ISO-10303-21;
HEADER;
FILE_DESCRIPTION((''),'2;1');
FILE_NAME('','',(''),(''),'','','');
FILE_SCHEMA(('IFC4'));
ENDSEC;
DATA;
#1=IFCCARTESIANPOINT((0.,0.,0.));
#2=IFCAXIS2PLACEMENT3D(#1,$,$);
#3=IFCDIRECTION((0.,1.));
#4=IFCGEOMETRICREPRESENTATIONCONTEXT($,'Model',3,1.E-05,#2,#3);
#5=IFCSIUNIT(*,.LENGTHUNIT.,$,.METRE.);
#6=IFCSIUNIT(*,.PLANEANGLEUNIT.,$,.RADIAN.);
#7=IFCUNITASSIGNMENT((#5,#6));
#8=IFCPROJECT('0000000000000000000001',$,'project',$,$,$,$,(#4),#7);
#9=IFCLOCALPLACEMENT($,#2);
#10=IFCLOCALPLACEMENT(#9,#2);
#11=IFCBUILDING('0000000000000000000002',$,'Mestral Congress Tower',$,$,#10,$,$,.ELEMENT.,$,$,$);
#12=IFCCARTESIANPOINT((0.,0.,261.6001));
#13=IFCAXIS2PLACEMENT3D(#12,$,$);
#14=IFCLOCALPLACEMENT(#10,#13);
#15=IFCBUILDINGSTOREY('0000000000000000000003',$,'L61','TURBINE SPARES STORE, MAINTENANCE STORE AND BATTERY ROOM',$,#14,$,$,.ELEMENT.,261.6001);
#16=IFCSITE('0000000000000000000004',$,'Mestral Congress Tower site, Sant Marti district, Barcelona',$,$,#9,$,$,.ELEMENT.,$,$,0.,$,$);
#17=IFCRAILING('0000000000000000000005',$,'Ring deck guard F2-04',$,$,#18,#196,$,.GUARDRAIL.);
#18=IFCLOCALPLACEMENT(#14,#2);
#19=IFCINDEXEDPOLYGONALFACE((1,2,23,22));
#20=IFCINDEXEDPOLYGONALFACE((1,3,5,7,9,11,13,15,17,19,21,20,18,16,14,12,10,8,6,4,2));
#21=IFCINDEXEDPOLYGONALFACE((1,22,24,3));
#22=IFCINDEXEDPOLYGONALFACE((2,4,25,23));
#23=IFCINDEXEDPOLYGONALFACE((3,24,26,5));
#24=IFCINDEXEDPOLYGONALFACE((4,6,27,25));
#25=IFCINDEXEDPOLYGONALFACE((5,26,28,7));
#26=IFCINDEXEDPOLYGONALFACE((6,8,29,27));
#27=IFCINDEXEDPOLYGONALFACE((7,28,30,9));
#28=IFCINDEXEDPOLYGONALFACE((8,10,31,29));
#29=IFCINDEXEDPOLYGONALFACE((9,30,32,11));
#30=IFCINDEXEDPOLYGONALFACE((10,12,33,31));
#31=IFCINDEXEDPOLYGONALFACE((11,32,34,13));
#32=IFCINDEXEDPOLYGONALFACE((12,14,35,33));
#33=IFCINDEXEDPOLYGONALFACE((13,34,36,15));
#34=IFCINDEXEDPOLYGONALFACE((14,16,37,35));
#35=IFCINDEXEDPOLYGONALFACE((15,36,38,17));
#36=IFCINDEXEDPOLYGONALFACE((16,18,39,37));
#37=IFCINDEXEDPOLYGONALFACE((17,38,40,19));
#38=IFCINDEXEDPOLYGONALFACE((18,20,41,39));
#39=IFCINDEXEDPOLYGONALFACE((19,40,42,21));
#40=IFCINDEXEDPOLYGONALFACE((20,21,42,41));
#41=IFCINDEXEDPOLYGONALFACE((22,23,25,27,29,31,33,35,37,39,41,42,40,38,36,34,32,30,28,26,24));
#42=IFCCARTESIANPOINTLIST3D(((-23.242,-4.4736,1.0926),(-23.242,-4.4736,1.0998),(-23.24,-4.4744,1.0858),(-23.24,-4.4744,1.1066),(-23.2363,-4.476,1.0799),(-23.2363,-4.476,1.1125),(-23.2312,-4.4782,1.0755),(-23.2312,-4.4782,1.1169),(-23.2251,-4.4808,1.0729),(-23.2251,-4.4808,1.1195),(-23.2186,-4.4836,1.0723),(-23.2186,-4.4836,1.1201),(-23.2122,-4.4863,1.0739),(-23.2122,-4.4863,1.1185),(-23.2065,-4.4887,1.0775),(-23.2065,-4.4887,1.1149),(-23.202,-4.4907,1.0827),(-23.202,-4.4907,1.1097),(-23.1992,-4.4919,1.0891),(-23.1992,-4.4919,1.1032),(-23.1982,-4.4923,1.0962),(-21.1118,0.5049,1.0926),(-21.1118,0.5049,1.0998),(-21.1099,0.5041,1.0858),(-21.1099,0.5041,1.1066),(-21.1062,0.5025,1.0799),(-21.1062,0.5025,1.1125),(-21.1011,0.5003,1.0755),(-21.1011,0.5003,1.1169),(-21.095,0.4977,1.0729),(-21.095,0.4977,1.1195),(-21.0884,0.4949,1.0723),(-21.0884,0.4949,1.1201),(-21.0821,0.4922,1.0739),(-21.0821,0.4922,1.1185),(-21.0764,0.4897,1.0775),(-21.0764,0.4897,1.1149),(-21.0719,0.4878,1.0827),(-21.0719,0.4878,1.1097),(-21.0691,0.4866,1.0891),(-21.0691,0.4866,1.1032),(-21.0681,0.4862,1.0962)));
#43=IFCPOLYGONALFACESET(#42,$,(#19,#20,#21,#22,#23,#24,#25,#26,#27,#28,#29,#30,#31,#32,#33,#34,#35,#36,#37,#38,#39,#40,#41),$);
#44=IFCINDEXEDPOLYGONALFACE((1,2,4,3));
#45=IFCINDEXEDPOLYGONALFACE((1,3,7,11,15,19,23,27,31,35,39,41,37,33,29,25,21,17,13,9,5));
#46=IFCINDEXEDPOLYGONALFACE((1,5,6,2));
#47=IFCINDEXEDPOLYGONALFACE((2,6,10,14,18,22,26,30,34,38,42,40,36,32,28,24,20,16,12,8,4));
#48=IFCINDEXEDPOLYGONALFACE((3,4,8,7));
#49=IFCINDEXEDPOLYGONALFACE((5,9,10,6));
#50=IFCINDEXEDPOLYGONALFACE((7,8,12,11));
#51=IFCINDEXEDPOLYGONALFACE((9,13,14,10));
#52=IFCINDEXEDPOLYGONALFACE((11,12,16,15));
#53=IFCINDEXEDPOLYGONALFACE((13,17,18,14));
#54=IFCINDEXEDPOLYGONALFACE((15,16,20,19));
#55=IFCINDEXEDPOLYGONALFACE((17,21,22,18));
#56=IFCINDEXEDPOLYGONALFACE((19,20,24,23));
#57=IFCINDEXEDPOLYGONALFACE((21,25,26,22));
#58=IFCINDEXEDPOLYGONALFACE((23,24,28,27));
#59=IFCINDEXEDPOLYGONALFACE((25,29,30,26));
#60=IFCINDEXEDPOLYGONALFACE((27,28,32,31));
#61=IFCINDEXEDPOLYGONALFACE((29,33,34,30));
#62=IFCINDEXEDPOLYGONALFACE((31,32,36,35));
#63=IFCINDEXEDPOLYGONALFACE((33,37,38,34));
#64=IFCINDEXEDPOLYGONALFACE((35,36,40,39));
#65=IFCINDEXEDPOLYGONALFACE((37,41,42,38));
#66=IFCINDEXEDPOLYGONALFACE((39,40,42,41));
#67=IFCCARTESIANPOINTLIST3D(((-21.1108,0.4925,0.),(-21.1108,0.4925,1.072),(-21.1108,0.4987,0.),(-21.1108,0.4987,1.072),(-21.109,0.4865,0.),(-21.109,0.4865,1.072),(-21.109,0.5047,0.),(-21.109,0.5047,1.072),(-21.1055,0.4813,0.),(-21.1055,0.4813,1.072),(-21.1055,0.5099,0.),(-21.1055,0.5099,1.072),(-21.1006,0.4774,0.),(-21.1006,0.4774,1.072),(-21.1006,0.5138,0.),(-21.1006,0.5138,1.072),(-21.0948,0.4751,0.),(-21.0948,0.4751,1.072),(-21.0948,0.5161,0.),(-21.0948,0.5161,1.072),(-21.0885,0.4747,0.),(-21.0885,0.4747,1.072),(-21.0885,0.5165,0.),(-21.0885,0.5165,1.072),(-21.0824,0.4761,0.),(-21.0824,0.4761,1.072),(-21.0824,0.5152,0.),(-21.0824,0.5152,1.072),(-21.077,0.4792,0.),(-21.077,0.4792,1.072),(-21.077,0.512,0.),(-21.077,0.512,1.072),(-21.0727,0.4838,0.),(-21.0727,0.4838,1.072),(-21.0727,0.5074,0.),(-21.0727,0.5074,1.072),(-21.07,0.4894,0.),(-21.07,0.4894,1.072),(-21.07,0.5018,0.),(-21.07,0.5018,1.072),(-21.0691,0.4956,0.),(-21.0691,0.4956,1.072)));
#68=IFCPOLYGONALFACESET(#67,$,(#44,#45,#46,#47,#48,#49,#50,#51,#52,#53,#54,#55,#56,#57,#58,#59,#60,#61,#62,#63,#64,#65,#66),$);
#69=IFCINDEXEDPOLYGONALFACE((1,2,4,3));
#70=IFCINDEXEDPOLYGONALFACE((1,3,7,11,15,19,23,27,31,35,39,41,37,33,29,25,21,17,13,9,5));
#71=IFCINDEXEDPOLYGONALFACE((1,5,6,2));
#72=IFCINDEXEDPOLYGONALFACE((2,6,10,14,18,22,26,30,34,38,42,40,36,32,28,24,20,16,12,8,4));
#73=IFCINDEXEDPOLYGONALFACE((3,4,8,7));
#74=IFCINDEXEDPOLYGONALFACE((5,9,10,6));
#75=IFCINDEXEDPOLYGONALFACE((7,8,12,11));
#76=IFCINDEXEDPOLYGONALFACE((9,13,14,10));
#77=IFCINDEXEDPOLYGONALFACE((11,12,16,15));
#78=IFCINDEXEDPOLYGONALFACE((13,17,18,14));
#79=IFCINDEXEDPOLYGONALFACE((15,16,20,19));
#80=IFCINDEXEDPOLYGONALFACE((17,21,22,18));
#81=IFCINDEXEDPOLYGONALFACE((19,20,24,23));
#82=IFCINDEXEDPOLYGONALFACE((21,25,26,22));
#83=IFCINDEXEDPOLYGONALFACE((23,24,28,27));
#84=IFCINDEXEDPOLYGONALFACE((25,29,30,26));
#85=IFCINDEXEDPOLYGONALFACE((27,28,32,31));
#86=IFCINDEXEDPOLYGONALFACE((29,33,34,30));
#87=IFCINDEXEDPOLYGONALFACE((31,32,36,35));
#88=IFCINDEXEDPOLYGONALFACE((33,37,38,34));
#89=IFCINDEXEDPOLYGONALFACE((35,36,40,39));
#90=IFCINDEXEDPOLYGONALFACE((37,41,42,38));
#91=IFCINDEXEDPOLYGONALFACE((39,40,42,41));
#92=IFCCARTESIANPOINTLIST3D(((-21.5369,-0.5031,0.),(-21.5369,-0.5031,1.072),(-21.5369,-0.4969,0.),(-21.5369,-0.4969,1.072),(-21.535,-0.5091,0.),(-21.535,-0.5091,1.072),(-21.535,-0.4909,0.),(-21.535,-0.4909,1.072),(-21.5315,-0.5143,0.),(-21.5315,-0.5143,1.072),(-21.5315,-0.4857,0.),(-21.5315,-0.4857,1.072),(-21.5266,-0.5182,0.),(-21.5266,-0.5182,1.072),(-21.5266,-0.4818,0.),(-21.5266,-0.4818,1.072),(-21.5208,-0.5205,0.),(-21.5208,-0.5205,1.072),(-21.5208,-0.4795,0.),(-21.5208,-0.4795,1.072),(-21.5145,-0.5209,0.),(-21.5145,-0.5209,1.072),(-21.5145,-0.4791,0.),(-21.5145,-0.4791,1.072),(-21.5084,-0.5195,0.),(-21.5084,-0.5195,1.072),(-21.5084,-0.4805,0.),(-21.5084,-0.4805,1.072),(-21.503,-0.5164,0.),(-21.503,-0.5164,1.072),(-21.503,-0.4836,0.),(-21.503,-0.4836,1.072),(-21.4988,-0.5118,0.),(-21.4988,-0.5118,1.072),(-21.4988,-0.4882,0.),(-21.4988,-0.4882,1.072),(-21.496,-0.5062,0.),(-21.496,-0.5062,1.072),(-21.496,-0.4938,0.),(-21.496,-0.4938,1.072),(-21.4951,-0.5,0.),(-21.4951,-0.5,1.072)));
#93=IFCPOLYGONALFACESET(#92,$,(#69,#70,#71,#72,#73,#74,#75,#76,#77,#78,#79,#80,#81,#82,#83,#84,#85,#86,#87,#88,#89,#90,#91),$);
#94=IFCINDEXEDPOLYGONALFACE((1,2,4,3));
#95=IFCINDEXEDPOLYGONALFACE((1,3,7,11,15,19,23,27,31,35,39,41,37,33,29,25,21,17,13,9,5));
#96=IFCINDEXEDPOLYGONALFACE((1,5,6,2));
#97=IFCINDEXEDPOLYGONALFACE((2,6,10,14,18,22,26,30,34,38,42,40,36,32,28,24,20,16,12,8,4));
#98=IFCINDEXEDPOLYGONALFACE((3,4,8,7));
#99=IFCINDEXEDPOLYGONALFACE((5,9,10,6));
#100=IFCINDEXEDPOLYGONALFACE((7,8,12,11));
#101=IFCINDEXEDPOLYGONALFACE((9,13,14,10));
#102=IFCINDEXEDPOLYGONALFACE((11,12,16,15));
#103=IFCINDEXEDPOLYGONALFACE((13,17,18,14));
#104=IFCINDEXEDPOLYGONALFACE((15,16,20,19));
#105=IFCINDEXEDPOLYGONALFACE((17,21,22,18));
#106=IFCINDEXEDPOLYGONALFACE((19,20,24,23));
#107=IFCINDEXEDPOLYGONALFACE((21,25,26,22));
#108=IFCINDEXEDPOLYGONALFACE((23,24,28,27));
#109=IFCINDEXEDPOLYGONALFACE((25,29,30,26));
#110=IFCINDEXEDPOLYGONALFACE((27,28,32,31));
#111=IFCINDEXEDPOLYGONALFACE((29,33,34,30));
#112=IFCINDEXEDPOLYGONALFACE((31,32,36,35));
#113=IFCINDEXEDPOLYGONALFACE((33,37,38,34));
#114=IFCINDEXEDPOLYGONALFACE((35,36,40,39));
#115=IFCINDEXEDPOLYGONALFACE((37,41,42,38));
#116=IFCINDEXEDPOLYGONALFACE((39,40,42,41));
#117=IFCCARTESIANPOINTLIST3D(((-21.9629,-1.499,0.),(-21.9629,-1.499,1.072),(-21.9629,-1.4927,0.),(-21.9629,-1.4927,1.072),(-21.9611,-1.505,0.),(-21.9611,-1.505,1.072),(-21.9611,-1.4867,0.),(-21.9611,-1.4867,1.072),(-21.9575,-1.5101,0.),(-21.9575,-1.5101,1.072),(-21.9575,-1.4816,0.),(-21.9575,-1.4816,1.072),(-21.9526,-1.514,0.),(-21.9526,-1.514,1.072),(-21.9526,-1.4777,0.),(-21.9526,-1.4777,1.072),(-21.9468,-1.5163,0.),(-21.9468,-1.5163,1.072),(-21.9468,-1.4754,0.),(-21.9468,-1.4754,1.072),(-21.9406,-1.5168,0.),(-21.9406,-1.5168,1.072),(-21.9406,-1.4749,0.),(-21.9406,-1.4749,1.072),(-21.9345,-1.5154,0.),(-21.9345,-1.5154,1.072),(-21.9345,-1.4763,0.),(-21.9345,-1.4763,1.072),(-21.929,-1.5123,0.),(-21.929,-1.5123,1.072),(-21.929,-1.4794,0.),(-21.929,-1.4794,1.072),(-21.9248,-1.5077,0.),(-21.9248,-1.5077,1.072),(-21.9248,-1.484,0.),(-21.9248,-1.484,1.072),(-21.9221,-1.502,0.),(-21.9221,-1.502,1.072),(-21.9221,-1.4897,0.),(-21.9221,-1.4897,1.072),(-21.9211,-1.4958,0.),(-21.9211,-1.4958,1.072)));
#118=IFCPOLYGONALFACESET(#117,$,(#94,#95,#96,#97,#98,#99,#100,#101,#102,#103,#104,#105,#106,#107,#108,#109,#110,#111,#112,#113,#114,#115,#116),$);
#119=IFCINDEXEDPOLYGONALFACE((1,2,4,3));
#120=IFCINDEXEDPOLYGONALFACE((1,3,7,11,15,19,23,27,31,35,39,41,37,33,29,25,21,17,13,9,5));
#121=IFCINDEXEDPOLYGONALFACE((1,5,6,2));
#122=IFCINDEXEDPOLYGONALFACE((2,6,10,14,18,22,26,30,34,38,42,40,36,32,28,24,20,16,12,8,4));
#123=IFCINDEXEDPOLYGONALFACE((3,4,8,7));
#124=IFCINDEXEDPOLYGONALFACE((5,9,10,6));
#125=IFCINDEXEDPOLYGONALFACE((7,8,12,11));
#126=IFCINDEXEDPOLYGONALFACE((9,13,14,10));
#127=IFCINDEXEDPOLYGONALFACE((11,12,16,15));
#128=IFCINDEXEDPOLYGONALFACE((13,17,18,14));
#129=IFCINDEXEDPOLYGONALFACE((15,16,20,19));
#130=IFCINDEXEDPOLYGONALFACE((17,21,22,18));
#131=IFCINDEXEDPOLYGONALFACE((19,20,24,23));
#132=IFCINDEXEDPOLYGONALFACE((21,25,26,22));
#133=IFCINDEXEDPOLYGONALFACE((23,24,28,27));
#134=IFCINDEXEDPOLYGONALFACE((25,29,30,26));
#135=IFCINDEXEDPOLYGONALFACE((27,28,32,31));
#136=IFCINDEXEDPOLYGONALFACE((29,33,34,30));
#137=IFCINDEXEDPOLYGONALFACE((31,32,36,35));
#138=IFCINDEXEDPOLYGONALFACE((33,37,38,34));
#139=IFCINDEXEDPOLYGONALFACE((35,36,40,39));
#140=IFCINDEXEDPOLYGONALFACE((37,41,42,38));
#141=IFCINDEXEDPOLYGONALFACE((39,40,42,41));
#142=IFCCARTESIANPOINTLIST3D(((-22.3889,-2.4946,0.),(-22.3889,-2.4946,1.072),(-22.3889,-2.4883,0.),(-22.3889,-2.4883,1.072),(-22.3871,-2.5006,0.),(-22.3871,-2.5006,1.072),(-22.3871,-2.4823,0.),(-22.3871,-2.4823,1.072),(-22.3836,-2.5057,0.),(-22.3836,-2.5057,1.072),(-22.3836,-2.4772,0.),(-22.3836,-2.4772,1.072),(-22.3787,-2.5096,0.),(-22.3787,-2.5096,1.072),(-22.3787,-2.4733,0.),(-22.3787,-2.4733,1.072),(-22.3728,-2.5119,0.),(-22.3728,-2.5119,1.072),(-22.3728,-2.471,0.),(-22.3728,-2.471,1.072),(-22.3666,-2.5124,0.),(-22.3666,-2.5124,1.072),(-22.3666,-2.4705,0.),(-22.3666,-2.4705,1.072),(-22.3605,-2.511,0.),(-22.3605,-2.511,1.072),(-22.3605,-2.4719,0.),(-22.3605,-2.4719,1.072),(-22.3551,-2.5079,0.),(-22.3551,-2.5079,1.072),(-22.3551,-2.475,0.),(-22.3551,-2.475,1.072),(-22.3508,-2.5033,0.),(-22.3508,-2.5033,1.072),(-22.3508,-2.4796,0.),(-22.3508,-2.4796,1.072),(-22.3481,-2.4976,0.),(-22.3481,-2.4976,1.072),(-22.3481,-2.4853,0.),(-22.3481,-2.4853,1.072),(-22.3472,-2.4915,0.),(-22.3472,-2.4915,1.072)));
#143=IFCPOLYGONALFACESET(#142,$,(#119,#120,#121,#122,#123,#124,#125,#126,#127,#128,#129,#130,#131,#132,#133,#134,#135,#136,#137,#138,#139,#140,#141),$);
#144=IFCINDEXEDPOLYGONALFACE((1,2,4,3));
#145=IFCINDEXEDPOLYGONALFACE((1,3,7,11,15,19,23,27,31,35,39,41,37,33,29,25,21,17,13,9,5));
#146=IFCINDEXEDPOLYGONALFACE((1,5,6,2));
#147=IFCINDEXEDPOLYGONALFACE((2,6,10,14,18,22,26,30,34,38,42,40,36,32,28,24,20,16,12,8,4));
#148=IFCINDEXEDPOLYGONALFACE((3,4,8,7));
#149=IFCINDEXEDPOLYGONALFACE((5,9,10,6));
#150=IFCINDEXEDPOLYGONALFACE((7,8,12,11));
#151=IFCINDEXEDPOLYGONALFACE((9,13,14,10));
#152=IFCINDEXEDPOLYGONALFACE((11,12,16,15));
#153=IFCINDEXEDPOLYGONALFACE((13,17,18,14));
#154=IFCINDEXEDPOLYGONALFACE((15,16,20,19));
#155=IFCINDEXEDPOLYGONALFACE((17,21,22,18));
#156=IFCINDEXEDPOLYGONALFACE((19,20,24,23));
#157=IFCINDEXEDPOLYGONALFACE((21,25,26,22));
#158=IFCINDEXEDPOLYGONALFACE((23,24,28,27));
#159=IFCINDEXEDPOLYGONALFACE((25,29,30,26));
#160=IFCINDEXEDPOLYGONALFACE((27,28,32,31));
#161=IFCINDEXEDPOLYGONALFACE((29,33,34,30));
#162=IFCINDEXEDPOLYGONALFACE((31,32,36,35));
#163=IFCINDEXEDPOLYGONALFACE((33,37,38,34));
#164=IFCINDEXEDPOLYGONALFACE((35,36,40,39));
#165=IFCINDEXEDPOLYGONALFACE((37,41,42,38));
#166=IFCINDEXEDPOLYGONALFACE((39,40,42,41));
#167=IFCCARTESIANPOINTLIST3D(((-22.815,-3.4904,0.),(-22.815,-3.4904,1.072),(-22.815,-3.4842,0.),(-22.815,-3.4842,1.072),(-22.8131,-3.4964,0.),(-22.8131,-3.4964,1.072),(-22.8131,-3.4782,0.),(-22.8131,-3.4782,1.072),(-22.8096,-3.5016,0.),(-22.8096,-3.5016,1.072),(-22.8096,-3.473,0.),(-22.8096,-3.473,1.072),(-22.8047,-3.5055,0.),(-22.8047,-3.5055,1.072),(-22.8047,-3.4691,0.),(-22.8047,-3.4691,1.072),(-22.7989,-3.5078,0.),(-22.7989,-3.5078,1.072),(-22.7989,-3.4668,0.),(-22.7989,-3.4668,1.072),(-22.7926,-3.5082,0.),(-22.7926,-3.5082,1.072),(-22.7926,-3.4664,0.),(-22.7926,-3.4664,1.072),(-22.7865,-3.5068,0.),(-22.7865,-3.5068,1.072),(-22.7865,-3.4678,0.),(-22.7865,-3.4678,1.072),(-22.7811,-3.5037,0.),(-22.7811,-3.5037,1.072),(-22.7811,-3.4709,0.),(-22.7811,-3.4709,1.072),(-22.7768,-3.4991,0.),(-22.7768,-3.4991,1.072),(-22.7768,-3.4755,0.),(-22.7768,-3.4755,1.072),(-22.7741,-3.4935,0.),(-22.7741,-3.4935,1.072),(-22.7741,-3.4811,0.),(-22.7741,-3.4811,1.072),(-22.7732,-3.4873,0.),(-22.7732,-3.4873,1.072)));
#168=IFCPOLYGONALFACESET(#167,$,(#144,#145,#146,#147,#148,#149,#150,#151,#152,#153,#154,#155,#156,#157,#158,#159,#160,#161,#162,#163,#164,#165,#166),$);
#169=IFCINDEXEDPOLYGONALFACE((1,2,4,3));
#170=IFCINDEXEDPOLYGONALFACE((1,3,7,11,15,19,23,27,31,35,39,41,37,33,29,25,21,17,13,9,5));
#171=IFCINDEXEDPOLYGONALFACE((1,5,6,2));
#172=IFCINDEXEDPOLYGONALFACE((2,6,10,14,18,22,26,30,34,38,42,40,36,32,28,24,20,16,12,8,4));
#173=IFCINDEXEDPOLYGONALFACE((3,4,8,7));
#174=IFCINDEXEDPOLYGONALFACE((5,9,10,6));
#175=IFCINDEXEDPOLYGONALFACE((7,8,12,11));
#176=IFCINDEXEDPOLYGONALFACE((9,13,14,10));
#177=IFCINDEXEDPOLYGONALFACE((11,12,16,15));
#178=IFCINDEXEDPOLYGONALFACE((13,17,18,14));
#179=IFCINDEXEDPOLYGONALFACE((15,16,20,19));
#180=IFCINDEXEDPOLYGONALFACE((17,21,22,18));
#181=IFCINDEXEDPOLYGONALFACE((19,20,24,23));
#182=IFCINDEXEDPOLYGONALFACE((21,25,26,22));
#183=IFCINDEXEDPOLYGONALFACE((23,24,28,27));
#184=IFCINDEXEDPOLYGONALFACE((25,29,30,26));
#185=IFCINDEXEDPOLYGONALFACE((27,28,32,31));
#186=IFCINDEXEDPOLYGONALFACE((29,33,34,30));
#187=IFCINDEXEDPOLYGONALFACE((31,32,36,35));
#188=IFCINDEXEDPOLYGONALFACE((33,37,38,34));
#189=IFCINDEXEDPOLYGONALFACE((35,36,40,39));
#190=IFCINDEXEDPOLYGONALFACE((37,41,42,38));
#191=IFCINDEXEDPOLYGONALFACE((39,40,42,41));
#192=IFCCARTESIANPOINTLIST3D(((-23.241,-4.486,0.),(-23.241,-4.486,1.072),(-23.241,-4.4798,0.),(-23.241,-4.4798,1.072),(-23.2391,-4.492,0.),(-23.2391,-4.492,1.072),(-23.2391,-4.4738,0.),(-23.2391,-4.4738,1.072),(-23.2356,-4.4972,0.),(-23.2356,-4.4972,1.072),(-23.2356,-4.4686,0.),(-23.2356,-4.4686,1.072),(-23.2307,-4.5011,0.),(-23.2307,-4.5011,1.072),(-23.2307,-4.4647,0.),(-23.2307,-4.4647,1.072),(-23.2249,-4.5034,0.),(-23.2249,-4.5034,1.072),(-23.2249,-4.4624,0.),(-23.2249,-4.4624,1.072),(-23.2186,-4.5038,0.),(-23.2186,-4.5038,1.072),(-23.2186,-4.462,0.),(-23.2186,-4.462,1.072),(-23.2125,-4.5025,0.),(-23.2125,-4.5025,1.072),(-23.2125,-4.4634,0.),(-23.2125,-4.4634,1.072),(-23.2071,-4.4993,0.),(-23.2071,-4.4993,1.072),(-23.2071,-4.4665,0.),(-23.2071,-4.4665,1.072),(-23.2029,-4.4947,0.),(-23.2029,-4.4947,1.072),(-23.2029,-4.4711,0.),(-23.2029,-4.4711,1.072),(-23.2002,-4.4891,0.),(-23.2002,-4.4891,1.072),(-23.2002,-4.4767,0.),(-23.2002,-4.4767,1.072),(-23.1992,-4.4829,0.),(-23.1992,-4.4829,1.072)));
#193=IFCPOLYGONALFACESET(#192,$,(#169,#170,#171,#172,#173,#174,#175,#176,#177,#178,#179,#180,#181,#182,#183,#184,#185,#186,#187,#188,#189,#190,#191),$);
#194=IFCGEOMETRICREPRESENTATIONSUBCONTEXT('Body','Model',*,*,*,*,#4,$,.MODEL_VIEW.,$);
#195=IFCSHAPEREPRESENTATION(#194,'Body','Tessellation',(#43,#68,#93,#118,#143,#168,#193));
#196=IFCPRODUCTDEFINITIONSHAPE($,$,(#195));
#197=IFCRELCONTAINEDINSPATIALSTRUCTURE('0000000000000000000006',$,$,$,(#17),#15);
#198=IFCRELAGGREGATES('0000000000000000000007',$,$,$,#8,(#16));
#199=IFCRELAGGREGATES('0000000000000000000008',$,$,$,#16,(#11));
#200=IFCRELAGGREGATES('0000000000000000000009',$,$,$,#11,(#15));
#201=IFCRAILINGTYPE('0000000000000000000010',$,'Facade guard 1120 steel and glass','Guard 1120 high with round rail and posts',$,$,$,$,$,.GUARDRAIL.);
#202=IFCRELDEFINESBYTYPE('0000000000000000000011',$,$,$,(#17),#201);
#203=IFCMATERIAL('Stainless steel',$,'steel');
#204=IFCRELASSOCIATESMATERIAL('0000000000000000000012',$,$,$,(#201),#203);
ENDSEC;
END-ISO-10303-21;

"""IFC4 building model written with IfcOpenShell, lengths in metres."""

from ifc_helpers import new_model, si_unit, direction, frame, origin, origin_2d, place, context, subcontext, project, spatial, circle, extrude, material, type_object, element, save


model = new_model("IFC4")

# Units and contexts
model_context = context("Model", 3, precision=1e-05, world=origin(), true_north=direction((0.0, 1.0)))
body_context = subcontext(model_context, "Body", "Model", "MODEL_VIEW")
ifc_project = project(units=[si_unit("LENGTHUNIT", "METRE"), si_unit("PLANEANGLEUNIT", "RADIAN")], contexts=[model_context])

# Site, building, storey
site_placement = place(None, origin())
site = spatial("IfcSite", under=ifc_project, at=site_placement, Name="Mestral Congress Tower site, Sant Marti district, Barcelona", CompositionType="ELEMENT", RefElevation=0.0)
building_placement = place(site_placement, origin())
building = spatial("IfcBuilding", under=site, at=building_placement, Name="Mestral Congress Tower", CompositionType="ELEMENT")
storey_placement = place(building_placement, frame((0.0, 0.0, 261.6001)))
storey = spatial("IfcBuildingStorey", under=building, at=storey_placement, Name="L61", Description="TURBINE SPARES STORE, MAINTENANCE STORE AND BATTERY ROOM", CompositionType="ELEMENT", Elevation=261.6001)

# Railing
ifc_material_1 = material(Name="Stainless steel", Category="steel")
railing_type = type_object("IfcRailingType", Name="Facade guard 1120 steel and glass", Description="Guard 1120 high with round rail and posts", PredefinedType="GUARDRAIL", material=ifc_material_1)
railing_1_placement = place(storey_placement, frame((-21.0901, 0.4956, 0.0)))
element("IfcRailing", 1, at=railing_1_placement, inside=storey, type_object=railing_type, Name="Ring deck guard F2-04", PredefinedType="GUARDRAIL", context=body_context, shape_type="SweptSolid", body=[
    extrude(circle(Radius=0.0239, at=origin_2d()), frame((0.0, 0.0, 1.0962), z_axis=(-0.39337, -0.91938, 0.0), x_axis=(0.91938, -0.39337, 0.0)), (0.0, 0.0, 1.0), 5.415),
    extrude(circle(Radius=0.021, at=origin_2d()), origin(), (0.0, 0.0, 1.0), 1.072),
    extrude(circle(Radius=0.021, at=origin_2d()), frame((-0.426, -0.9956, 0.0)), (0.0, 0.0, 1.0), 1.072),
    extrude(circle(Radius=0.021, at=origin_2d()), frame((-0.8521, -1.9915, 0.0)), (0.0, 0.0, 1.0), 1.072),
    extrude(circle(Radius=0.021, at=origin_2d()), frame((-1.2781, -2.9871, 0.0)), (0.0, 0.0, 1.0), 1.072),
    extrude(circle(Radius=0.021, at=origin_2d()), frame((-1.7041, -3.9829, 0.0)), (0.0, 0.0, 1.0), 1.072),
    extrude(circle(Radius=0.021, at=origin_2d()), frame((-2.1301, -4.9785, 0.0)), (0.0, 0.0, 1.0), 1.072),
])

save(model, "model.ifc")
